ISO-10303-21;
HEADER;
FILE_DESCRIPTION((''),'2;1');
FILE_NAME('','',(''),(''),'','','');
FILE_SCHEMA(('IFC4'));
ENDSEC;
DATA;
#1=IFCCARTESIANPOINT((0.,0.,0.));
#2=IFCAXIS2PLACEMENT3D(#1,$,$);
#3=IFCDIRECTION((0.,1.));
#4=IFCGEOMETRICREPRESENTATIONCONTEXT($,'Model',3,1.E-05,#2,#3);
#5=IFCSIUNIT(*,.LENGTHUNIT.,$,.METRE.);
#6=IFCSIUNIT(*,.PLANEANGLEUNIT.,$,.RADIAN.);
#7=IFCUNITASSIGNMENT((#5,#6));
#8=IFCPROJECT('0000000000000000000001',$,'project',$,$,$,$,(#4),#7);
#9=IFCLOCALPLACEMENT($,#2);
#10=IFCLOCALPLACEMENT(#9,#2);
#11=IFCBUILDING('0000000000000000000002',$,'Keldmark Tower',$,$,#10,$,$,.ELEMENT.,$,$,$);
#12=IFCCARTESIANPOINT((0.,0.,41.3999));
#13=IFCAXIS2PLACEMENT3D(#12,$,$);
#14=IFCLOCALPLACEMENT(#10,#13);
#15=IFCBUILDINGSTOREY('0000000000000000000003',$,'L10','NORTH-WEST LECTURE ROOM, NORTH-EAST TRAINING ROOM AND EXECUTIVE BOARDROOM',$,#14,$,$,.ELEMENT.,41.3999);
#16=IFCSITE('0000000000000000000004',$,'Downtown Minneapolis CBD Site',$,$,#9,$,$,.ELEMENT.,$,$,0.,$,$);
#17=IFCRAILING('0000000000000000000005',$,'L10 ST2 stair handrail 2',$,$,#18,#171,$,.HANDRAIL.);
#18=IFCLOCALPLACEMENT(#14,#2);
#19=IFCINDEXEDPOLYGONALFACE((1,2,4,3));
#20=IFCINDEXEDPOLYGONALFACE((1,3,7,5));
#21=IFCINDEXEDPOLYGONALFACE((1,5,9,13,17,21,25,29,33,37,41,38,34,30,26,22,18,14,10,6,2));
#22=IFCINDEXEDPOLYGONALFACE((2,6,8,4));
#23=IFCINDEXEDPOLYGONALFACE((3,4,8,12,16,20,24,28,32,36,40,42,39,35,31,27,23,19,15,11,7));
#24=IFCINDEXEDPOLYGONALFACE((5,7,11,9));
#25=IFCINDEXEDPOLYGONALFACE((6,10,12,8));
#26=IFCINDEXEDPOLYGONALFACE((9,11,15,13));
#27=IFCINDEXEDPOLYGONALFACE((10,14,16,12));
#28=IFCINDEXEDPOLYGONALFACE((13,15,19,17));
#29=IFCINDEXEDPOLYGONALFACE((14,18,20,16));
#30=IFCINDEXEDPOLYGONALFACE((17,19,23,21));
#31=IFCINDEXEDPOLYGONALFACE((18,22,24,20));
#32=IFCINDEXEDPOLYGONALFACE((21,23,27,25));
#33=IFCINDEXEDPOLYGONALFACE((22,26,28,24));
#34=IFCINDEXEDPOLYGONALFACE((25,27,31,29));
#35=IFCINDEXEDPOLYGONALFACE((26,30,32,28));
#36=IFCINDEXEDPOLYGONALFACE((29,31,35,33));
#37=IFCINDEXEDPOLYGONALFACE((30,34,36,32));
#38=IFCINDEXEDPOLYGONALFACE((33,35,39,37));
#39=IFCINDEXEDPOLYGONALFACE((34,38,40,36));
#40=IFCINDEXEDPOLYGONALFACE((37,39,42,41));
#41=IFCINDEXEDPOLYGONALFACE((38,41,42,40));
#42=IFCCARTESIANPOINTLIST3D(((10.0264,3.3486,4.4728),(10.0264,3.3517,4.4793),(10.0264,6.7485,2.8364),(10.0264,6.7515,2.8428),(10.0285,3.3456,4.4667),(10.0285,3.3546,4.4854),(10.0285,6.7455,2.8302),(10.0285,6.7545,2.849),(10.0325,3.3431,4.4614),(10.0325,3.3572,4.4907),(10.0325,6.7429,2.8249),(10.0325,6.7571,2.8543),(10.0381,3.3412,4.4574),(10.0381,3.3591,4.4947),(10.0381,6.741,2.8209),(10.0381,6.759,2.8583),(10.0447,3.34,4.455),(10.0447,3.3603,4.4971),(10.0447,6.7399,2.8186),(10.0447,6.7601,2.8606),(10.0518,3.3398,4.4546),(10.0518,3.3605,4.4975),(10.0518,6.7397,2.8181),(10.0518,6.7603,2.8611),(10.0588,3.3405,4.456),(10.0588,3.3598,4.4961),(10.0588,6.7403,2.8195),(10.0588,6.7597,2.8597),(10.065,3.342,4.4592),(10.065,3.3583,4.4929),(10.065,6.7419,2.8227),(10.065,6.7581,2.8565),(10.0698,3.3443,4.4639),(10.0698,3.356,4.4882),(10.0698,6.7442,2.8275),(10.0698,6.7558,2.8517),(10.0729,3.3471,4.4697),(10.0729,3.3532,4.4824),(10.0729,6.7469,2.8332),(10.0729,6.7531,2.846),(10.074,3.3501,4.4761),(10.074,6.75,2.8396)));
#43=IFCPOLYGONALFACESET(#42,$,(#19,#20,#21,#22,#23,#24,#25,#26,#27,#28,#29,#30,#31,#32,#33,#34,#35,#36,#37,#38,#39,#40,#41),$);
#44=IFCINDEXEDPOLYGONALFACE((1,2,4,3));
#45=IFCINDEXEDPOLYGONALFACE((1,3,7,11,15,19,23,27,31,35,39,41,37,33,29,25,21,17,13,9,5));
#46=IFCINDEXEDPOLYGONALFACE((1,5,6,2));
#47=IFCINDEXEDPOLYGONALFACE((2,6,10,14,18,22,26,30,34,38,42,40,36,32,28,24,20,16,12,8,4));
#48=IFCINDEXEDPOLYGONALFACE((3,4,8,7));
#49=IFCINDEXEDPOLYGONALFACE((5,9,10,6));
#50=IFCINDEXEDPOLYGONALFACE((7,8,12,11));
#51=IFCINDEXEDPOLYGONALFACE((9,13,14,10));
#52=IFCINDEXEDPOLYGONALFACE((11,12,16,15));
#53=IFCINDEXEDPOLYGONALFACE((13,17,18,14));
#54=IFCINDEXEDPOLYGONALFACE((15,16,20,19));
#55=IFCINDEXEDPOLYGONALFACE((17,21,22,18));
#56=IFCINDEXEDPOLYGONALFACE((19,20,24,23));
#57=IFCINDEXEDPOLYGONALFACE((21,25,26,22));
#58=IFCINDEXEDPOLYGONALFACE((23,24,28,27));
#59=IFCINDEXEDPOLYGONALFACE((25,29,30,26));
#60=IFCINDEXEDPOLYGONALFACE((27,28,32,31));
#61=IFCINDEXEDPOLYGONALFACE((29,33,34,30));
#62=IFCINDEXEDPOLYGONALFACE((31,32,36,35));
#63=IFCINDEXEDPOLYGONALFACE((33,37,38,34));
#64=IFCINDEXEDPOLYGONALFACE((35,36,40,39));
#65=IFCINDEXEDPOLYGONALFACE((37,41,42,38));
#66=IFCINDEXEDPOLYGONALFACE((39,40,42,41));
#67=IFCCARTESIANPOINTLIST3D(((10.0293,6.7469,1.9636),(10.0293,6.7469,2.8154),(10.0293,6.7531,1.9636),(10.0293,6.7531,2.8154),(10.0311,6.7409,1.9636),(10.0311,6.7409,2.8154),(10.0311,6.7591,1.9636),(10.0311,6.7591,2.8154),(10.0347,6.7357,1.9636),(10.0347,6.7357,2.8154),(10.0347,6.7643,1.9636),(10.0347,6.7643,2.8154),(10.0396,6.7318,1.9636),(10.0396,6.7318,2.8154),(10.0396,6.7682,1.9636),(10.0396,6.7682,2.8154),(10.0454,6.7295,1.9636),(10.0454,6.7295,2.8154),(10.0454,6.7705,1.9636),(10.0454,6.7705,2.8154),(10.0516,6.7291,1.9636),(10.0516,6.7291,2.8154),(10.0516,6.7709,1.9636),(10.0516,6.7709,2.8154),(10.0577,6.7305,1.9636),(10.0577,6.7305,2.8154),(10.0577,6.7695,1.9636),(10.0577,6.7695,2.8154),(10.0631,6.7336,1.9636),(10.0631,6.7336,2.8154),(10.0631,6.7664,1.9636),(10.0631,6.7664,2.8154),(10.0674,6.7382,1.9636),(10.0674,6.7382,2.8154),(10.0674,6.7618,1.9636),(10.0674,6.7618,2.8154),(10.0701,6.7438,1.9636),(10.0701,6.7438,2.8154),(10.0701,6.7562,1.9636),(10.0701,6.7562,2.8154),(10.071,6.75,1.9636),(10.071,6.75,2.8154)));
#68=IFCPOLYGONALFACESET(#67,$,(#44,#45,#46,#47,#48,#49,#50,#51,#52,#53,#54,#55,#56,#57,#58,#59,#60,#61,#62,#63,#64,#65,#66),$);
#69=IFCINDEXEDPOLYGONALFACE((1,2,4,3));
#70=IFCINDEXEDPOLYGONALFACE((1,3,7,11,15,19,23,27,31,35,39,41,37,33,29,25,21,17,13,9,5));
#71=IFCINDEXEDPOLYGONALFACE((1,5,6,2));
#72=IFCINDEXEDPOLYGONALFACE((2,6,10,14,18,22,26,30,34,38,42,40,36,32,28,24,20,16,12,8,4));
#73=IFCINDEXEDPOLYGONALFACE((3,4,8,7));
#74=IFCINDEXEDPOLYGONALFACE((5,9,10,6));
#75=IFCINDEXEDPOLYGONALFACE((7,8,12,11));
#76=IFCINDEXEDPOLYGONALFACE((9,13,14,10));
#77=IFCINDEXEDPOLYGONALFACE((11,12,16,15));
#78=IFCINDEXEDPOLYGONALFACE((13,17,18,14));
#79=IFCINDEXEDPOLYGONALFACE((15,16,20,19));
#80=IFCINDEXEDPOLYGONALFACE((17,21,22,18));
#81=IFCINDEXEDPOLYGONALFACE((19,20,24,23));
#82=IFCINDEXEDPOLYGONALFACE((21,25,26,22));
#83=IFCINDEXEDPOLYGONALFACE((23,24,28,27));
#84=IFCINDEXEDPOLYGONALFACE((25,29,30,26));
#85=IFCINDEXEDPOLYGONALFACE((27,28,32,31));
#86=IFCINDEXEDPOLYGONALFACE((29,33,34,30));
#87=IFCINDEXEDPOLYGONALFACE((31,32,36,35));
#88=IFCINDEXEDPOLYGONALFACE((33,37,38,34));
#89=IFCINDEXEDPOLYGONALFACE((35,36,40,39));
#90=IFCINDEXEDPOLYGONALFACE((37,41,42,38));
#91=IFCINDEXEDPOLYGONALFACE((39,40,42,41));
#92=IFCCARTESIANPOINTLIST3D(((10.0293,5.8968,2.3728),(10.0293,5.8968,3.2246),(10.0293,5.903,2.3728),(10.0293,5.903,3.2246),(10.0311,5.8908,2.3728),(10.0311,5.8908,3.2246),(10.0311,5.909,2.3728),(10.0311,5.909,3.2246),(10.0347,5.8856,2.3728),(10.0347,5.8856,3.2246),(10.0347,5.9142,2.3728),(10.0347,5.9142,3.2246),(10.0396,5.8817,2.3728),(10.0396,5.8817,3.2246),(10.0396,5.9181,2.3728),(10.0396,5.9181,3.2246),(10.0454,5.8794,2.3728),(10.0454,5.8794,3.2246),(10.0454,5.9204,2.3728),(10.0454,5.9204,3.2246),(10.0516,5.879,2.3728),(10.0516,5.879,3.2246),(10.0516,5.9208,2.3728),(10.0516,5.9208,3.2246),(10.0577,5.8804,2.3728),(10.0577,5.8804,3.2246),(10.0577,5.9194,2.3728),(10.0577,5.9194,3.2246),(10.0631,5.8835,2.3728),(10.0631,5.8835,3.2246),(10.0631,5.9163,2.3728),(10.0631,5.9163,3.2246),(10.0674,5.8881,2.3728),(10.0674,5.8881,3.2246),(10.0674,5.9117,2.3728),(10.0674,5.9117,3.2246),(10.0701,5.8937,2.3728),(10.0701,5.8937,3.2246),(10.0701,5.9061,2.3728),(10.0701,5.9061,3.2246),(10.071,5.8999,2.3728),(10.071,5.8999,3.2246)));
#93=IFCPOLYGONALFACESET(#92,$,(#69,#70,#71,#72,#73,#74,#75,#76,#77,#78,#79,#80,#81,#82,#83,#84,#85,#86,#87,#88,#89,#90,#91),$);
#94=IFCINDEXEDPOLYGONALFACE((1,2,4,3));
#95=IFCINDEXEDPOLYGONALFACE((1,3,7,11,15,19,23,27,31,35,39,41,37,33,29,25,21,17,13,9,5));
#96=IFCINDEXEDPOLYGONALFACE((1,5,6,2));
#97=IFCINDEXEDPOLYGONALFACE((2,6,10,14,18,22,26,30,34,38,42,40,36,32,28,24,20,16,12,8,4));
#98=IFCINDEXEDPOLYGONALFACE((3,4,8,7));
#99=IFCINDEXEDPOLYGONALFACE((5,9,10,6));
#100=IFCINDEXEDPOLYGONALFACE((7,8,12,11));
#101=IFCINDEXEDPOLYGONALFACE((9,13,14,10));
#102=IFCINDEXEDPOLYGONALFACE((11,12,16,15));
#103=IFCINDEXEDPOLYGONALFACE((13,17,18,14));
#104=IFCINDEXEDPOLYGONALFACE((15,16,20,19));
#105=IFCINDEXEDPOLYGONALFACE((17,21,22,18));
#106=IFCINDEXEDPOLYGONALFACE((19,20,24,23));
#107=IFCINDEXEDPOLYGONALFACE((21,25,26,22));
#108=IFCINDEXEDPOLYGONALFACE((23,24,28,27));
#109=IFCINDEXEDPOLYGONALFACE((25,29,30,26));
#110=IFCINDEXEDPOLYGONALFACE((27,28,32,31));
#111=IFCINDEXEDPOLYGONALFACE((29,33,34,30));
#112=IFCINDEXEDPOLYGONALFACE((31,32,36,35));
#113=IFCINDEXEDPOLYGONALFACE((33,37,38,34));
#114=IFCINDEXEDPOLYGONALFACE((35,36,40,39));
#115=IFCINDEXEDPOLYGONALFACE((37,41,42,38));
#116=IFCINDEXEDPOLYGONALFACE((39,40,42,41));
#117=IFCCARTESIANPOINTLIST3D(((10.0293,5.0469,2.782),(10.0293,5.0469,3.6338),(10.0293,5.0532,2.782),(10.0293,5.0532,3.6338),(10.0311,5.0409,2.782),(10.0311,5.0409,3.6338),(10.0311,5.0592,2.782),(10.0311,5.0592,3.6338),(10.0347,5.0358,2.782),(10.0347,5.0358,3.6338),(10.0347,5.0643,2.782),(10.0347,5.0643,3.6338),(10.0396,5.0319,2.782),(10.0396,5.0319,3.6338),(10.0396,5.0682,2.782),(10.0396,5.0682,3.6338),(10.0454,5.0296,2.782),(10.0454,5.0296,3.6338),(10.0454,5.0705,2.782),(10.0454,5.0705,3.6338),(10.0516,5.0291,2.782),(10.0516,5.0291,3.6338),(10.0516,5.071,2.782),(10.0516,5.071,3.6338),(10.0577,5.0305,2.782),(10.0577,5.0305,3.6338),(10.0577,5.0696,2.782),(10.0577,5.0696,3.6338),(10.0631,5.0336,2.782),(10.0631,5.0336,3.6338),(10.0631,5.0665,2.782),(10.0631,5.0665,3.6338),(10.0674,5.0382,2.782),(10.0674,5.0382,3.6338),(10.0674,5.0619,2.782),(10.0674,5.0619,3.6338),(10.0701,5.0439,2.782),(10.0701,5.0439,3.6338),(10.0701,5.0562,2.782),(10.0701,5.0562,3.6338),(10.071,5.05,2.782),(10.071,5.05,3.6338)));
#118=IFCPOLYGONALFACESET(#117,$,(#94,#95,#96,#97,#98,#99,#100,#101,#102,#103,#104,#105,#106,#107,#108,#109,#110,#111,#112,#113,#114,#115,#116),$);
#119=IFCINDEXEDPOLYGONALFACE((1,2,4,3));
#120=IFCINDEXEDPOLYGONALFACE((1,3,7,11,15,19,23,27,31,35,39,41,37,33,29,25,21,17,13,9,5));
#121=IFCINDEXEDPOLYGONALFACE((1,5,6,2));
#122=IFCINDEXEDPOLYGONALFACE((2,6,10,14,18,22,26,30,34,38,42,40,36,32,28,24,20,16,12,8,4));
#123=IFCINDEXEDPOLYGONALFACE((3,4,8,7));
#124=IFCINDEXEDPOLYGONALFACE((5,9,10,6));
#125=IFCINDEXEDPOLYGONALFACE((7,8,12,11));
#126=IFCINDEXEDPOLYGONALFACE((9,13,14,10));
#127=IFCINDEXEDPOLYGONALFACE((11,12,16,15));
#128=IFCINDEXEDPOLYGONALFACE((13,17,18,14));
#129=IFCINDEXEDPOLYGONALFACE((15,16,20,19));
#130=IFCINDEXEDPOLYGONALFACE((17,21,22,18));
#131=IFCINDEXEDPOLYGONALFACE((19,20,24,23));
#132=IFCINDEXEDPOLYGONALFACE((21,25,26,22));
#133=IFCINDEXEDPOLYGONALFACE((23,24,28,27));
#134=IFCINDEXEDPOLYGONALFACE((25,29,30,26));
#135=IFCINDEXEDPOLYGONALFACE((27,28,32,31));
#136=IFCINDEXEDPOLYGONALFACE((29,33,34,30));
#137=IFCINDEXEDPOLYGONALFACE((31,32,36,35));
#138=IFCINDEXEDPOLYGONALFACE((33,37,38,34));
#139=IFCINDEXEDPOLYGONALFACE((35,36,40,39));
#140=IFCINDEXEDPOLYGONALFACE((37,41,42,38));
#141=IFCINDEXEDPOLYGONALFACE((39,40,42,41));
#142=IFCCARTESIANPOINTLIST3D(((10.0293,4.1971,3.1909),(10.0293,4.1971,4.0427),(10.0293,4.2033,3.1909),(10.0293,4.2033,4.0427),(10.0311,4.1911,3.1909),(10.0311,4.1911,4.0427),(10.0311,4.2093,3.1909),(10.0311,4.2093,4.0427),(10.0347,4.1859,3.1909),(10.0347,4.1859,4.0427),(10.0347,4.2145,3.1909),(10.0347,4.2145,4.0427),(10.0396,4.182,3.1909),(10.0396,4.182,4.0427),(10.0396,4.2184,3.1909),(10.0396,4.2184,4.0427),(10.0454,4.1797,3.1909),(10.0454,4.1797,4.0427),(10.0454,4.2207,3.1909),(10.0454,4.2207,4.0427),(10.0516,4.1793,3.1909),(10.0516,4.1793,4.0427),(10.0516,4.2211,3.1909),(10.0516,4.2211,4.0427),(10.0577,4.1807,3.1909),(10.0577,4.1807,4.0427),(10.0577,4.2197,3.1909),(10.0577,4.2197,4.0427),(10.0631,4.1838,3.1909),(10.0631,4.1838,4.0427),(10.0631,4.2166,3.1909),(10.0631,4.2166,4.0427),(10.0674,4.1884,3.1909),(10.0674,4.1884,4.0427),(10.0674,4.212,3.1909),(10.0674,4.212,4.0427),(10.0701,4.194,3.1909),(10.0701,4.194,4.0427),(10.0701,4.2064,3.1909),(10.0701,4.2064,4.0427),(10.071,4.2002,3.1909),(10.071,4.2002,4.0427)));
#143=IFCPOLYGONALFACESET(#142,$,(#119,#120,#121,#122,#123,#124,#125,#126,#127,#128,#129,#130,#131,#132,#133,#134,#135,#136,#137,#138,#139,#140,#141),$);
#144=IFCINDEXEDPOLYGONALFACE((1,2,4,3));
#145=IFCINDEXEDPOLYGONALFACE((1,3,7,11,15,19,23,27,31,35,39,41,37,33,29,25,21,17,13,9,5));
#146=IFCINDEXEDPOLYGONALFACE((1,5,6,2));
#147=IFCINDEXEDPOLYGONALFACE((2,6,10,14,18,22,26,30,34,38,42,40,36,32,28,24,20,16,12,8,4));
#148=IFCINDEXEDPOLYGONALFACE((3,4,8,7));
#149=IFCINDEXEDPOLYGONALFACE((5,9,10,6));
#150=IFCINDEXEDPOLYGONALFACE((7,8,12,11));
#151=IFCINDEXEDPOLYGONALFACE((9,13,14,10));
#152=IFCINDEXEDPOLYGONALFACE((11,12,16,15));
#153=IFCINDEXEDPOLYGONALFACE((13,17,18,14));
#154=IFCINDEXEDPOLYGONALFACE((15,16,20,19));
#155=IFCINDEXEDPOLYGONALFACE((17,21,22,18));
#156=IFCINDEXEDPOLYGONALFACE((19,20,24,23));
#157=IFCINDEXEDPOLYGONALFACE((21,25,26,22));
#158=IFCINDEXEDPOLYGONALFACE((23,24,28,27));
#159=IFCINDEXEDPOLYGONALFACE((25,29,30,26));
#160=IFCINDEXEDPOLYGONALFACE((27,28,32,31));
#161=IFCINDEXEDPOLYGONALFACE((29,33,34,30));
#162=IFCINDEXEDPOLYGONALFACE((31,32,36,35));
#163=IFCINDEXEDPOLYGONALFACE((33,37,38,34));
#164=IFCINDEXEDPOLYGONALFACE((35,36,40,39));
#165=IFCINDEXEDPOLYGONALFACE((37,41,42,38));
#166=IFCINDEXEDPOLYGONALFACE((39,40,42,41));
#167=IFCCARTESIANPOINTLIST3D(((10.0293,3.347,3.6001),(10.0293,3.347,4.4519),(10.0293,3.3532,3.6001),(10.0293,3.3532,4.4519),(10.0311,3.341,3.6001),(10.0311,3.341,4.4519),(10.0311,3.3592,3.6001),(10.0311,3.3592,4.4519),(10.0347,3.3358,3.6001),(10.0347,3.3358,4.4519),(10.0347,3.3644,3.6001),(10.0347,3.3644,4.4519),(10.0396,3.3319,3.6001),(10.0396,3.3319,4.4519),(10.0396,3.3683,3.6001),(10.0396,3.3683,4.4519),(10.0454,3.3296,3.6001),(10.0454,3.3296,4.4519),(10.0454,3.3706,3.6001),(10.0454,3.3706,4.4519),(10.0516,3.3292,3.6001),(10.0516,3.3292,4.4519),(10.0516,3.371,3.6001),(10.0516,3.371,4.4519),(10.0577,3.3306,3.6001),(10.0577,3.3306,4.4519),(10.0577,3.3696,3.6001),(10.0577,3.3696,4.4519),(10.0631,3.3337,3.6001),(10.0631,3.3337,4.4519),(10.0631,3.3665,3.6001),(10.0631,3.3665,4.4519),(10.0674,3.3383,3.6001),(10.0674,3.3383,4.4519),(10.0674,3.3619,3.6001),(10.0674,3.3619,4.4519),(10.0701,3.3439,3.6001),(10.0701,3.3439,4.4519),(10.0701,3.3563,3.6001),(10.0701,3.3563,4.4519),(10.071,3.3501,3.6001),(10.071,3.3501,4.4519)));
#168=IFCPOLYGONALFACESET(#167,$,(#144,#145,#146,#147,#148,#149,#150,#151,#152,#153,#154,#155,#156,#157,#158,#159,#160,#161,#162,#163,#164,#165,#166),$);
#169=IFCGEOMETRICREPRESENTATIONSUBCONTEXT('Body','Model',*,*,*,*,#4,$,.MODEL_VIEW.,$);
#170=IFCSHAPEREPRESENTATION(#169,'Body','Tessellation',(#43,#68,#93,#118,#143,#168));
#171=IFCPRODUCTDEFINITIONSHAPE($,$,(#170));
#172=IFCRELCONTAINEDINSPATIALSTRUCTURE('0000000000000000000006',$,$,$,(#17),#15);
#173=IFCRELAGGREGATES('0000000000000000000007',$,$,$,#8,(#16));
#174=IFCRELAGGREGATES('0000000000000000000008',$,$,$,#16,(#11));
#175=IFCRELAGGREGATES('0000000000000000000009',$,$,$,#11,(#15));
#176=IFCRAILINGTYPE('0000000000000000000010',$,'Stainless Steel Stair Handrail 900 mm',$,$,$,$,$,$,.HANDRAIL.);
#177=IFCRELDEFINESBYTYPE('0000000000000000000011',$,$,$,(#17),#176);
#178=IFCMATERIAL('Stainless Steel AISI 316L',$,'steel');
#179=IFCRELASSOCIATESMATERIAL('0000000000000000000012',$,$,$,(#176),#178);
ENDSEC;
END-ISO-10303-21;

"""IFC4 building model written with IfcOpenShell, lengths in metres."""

from ifc_helpers import new_model, si_unit, direction, frame, origin, origin_2d, place, context, subcontext, project, spatial, circle, extrude, material, type_object, element, save


model = new_model("IFC4")

# Units and contexts
model_context = context("Model", 3, precision=1e-05, world=origin(), true_north=direction((0.0, 1.0)))
body_context = subcontext(model_context, "Body", "Model", "MODEL_VIEW")
ifc_project = project(units=[si_unit("LENGTHUNIT", "METRE"), si_unit("PLANEANGLEUNIT", "RADIAN")], contexts=[model_context])

# Site, building, storey
site_placement = place(None, origin())
site = spatial("IfcSite", under=ifc_project, at=site_placement, Name="Downtown Minneapolis CBD Site", CompositionType="ELEMENT", RefElevation=0.0)
building_placement = place(site_placement, origin())
building = spatial("IfcBuilding", under=site, at=building_placement, Name="Keldmark Tower", CompositionType="ELEMENT")
storey_placement = place(building_placement, frame((0.0, 0.0, 41.3999)))
storey = spatial("IfcBuildingStorey", under=building, at=storey_placement, Name="L10", Description="NORTH-WEST LECTURE ROOM, NORTH-EAST TRAINING ROOM AND EXECUTIVE BOARDROOM", CompositionType="ELEMENT", Elevation=41.3999)

# Railing
ifc_material_1 = material(Name="Stainless Steel AISI 316L", Category="steel")
railing_type = type_object("IfcRailingType", Name="Stainless Steel Stair Handrail 900 mm", PredefinedType="HANDRAIL", material=ifc_material_1)
railing_placement = place(storey_placement, frame((10.05, 6.75, 1.9636)))
element("IfcRailing", 1, at=railing_placement, inside=storey, type_object=railing_type, Name="L10 ST2 stair handrail 2", PredefinedType="HANDRAIL", context=body_context, shape_type="SweptSolid", body=[
    extrude(circle(Radius=0.0239, at=origin_2d()), frame((0.0, 0.0, 0.876), z_axis=(0.0, -0.901055, 0.433705), x_axis=(1.0, 0.0, 0.0)), (0.0, 0.0, 1.0), 3.7732),
    extrude(circle(Radius=0.021, at=origin_2d()), origin(), (0.0, 0.0, 1.0), 0.8518),
    extrude(circle(Radius=0.021, at=origin_2d()), frame((0.0, -0.8501, 0.4092)), (0.0, 0.0, 1.0), 0.8518),
    extrude(circle(Radius=0.021, at=origin_2d()), frame((0.0, -1.7, 0.8184)), (0.0, 0.0, 1.0), 0.8518),
    extrude(circle(Radius=0.021, at=origin_2d()), frame((0.0, -2.5498, 1.2273)), (0.0, 0.0, 1.0), 0.8518),
    extrude(circle(Radius=0.021, at=origin_2d()), frame((0.0, -3.3999, 1.6365)), (0.0, 0.0, 1.0), 0.8518),
])

save(model, "model.ifc")
